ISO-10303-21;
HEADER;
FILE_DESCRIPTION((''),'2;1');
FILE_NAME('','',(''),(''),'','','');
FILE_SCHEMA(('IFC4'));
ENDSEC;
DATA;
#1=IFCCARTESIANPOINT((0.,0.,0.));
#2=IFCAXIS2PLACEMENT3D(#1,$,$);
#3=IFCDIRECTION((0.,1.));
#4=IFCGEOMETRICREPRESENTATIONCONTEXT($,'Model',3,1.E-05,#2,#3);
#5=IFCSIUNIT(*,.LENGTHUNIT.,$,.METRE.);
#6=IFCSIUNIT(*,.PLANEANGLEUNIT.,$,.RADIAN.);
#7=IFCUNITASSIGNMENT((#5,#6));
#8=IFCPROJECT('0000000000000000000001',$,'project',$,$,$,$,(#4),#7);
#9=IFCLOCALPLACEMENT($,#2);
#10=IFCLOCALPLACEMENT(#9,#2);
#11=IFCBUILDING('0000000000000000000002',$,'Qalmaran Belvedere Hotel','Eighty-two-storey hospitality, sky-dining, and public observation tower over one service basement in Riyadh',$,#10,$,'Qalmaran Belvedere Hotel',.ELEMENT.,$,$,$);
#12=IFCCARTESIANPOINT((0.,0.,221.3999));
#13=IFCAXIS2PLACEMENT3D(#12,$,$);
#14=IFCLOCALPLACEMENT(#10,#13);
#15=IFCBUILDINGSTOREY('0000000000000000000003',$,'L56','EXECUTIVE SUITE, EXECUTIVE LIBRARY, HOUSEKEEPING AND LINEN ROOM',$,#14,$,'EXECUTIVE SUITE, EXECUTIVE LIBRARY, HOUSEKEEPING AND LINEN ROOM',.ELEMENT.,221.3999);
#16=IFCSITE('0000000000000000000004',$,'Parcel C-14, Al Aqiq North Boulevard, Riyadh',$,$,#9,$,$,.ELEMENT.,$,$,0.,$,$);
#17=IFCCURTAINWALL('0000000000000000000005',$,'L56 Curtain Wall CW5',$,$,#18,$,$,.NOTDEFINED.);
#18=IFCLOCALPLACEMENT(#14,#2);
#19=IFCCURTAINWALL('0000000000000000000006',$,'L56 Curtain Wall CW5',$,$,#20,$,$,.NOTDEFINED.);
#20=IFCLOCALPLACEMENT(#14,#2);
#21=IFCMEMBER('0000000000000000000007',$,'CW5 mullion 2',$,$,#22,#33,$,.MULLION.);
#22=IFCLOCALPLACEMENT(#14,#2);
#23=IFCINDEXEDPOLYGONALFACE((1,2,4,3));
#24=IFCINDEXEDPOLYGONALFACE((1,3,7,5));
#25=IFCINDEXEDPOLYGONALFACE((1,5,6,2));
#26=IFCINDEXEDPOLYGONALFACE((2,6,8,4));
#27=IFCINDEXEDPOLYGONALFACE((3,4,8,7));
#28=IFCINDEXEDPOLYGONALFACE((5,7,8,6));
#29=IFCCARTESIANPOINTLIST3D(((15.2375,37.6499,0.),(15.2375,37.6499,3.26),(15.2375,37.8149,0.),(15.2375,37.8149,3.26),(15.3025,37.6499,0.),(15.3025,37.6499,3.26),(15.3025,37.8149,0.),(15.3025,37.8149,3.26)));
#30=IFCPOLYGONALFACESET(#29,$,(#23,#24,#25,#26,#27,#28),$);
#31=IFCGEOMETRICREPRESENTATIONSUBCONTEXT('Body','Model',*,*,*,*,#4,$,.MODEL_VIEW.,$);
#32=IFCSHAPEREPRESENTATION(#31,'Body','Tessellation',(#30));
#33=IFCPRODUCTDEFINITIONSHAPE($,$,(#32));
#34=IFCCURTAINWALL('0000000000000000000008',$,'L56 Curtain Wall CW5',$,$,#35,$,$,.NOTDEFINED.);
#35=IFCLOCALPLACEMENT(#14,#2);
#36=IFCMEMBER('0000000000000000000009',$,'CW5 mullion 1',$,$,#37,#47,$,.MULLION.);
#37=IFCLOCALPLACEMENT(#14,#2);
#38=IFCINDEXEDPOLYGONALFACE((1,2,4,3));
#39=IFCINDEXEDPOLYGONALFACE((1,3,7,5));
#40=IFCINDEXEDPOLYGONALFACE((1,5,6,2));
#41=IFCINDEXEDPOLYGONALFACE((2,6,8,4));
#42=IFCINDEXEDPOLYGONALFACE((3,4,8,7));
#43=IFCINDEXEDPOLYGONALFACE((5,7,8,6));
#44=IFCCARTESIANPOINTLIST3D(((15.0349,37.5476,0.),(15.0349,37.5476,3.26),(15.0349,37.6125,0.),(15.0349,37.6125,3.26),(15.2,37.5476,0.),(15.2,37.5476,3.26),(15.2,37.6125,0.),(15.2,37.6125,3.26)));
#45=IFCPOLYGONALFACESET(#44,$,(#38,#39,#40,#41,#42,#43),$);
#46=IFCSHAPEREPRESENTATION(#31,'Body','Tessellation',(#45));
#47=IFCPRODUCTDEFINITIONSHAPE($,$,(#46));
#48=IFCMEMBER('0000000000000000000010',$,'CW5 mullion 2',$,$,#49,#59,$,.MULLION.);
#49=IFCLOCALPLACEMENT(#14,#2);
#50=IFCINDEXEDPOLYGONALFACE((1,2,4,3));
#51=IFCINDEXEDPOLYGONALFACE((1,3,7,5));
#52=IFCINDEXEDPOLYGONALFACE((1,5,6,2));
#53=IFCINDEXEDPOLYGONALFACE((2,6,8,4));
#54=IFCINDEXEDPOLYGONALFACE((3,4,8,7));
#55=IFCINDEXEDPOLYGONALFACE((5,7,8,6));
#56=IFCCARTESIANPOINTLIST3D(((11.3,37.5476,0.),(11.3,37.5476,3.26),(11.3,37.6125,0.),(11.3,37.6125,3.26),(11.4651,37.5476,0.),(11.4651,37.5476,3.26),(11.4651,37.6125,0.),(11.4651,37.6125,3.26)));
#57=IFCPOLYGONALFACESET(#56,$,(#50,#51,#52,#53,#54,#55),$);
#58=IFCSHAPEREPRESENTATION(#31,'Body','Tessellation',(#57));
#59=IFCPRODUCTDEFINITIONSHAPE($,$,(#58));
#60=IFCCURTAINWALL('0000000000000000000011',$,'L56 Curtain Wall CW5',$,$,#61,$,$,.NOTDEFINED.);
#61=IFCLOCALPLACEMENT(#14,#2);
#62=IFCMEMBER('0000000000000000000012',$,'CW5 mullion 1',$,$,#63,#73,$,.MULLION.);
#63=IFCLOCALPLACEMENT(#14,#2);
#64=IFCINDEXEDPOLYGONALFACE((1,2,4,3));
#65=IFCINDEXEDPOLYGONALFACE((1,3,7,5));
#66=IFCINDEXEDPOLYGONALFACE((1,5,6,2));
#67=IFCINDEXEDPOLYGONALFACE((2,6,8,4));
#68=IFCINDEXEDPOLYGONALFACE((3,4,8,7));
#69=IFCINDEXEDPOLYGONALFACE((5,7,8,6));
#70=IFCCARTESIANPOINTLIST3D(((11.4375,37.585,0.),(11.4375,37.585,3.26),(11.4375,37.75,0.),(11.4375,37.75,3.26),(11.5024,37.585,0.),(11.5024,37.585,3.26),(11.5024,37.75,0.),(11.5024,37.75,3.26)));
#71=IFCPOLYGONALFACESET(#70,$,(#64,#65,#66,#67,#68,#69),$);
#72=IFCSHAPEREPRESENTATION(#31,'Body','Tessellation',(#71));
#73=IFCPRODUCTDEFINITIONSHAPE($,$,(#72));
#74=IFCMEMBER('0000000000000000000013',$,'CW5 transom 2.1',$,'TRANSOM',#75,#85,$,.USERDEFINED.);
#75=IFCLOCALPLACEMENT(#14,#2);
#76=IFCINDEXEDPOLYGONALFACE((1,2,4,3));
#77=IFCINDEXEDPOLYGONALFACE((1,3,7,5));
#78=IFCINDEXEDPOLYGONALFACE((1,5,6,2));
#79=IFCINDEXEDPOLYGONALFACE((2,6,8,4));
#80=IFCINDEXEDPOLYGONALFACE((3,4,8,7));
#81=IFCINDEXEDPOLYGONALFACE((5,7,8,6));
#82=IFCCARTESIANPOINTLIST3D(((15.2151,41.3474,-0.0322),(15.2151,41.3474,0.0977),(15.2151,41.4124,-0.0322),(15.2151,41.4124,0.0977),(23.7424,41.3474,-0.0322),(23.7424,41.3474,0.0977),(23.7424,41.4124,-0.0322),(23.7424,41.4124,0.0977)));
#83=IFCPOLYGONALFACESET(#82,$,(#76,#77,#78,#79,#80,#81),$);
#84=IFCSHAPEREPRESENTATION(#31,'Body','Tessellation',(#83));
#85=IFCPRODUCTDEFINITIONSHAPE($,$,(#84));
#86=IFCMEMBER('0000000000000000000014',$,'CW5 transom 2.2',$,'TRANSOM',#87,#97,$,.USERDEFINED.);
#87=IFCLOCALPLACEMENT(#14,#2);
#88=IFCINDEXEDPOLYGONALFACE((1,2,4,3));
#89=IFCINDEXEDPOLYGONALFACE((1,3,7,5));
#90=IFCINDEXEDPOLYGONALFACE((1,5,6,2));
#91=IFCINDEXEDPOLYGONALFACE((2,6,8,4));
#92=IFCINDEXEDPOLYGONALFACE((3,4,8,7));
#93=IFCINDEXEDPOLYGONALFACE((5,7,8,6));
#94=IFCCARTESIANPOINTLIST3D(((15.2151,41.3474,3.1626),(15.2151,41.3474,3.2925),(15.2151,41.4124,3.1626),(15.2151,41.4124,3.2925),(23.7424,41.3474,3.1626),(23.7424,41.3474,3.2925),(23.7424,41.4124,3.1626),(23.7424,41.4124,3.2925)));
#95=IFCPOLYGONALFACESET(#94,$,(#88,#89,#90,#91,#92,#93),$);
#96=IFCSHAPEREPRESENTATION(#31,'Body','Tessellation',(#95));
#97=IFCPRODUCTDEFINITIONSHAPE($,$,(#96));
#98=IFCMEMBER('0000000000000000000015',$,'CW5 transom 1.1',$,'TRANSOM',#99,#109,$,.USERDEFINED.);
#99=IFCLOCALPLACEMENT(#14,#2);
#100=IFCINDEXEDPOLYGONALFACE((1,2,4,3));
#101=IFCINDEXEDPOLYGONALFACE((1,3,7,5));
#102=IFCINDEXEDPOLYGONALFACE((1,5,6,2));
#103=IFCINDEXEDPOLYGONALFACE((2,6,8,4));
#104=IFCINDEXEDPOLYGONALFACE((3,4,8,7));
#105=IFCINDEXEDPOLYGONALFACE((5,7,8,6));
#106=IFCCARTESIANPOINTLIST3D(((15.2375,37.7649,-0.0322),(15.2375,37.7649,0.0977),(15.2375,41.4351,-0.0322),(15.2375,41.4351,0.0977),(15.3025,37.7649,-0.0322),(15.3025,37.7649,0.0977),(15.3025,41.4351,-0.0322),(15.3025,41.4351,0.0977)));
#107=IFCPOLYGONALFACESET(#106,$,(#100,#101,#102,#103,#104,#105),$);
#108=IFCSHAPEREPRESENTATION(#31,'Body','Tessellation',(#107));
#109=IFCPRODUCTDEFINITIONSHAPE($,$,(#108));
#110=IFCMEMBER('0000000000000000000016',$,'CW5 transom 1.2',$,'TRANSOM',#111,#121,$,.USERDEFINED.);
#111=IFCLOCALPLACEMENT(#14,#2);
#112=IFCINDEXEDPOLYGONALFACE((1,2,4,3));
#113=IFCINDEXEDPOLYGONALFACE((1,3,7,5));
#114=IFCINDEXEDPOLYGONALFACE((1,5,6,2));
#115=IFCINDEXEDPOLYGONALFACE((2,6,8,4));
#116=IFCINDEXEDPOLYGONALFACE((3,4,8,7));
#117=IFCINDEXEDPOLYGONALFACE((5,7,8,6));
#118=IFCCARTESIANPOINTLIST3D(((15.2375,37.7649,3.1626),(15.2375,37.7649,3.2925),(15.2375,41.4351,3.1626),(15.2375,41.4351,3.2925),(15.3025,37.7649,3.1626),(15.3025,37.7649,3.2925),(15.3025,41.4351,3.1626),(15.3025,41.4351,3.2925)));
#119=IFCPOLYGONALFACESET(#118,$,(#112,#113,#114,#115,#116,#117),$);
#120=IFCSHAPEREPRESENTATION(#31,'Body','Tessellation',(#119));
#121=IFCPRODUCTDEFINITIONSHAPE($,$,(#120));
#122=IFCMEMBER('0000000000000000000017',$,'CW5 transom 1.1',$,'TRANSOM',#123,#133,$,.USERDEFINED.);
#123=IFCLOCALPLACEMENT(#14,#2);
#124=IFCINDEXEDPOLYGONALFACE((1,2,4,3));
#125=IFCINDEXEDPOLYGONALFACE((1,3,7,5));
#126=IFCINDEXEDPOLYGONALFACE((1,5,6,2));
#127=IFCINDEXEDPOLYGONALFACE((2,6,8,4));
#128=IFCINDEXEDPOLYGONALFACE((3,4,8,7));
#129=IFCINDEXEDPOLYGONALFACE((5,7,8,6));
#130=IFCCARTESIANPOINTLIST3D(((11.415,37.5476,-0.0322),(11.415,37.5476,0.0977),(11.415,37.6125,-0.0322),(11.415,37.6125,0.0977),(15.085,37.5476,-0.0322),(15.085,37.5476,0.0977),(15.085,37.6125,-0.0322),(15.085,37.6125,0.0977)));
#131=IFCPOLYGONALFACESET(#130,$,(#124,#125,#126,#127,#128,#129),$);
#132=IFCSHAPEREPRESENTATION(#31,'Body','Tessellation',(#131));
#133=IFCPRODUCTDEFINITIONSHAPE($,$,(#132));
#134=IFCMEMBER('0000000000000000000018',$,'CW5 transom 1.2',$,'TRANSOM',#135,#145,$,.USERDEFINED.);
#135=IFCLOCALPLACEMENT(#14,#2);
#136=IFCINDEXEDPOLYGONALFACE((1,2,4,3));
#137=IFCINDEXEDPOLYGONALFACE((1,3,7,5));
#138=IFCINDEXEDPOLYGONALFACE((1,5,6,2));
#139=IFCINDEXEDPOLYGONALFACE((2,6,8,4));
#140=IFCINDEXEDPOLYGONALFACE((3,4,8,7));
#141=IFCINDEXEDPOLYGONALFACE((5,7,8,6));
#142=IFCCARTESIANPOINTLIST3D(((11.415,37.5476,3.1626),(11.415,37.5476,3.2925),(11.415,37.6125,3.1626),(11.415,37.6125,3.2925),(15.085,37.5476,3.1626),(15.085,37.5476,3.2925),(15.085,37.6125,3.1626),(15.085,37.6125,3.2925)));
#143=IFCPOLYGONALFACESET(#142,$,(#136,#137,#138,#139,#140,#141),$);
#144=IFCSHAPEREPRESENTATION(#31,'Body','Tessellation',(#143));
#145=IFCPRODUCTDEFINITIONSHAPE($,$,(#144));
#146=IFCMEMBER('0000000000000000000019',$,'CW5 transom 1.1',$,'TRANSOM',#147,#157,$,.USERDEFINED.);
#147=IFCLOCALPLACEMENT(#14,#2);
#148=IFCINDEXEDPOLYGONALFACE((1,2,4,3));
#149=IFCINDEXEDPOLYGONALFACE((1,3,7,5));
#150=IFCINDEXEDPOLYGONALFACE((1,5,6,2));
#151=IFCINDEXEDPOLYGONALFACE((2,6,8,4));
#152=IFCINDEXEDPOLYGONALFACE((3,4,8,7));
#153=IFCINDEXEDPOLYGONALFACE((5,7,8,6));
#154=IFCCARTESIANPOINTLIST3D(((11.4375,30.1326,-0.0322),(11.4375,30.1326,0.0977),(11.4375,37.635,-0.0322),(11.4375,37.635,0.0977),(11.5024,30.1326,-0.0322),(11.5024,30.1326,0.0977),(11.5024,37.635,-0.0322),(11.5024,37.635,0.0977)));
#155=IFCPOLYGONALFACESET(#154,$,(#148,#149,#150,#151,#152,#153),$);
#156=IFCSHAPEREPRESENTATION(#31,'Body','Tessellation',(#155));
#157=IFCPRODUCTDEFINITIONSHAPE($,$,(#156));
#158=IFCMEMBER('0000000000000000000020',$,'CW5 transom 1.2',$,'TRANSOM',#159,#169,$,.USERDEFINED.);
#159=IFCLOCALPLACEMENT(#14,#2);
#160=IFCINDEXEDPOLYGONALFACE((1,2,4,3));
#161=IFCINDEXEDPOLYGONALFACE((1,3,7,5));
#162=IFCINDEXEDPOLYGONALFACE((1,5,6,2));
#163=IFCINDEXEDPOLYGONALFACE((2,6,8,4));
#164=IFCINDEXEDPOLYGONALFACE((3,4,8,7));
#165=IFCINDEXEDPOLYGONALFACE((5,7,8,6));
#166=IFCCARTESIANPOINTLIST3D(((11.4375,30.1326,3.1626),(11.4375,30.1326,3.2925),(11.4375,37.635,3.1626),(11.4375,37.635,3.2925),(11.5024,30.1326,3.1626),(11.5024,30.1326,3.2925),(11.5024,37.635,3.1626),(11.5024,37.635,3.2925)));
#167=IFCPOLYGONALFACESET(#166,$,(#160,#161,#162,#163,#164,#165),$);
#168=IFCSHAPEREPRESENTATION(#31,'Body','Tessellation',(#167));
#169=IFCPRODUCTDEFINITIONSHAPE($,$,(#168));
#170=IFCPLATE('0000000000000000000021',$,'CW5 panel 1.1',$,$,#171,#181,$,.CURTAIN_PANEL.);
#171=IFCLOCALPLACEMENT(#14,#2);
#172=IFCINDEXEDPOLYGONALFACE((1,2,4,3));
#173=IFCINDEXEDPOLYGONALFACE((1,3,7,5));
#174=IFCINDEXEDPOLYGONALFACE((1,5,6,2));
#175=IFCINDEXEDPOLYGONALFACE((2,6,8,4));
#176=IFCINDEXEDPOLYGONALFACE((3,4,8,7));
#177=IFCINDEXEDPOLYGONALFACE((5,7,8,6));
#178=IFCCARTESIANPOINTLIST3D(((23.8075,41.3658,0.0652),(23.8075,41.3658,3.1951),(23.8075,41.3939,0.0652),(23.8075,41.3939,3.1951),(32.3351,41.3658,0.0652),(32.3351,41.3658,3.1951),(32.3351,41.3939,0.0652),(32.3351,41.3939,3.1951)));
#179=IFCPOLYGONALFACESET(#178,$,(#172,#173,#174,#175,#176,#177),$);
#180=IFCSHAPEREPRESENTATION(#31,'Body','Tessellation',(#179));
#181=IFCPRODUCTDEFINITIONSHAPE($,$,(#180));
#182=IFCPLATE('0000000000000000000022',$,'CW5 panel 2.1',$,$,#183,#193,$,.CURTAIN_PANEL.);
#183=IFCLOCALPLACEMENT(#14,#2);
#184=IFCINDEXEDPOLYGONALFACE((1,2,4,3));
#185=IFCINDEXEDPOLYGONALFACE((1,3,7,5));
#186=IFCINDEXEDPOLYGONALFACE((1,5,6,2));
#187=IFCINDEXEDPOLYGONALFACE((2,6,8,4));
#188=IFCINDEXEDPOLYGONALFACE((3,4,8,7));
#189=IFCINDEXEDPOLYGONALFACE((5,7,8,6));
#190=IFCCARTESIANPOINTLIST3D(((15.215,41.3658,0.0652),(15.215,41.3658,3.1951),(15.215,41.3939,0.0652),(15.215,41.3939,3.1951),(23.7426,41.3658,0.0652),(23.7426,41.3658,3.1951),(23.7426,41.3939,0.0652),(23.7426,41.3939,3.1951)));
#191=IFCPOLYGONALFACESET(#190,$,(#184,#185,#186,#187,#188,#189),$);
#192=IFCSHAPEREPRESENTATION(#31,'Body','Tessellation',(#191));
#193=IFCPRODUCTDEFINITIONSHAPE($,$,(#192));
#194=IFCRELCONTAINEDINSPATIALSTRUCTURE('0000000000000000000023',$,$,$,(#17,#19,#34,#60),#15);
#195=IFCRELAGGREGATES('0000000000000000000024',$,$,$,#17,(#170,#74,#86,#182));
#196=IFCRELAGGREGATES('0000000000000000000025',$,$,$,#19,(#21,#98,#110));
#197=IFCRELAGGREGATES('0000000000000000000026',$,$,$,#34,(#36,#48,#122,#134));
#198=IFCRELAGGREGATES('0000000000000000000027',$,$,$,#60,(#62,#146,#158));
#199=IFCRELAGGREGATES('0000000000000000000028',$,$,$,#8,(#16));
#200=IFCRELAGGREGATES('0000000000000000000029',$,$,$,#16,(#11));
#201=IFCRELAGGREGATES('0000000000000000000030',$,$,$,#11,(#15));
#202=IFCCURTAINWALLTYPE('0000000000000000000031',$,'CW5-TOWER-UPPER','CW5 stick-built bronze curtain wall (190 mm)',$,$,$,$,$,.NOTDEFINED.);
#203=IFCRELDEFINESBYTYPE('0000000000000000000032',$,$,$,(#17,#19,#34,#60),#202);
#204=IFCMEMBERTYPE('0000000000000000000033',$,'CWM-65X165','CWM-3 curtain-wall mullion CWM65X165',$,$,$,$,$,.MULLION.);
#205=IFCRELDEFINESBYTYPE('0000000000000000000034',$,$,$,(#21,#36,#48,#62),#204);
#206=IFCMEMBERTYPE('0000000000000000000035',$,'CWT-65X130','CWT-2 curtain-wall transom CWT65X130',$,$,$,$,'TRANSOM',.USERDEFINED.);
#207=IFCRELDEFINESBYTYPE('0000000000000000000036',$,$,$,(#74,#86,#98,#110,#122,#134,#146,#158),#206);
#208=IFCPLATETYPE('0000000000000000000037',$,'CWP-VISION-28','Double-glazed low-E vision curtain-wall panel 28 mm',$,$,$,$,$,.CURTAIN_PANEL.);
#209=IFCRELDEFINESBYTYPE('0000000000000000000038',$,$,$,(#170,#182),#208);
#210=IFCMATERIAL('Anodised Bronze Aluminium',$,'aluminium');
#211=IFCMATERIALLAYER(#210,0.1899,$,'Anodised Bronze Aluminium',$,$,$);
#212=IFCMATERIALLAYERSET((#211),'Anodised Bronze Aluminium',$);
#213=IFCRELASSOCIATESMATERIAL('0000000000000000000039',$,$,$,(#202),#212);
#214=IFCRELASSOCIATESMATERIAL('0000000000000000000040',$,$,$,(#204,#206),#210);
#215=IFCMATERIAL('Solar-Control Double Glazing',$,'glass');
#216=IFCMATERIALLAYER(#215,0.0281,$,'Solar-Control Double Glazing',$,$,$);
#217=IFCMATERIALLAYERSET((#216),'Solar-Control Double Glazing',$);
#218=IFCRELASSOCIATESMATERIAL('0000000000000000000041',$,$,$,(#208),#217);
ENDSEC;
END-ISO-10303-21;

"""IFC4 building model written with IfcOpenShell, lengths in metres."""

from ifc_helpers import new_model, si_unit, direction, frame, origin, origin_2d, place, context, subcontext, project, spatial, rectangle, extrude, material, layer, layer_set, material_profile, profile_set, type_object, element, aggregate, save


model = new_model("IFC4")

# Units and contexts
model_context = context("Model", 3, precision=1e-05, world=origin(), true_north=direction((0.0, 1.0)))
body_context = subcontext(model_context, "Body", "Model", "MODEL_VIEW")
ifc_project = project(units=[si_unit("LENGTHUNIT", "METRE"), si_unit("PLANEANGLEUNIT", "RADIAN")], contexts=[model_context])

# Site, building, storey
site_placement = place(None, origin())
site = spatial("IfcSite", under=ifc_project, at=site_placement, Name="Parcel C-14, Al Aqiq North Boulevard, Riyadh", CompositionType="ELEMENT", RefElevation=0.0)
building_placement = place(site_placement, origin())
building = spatial("IfcBuilding", under=site, at=building_placement, Name="Qalmaran Belvedere Hotel", Description="Eighty-two-storey hospitality, sky-dining, and public observation tower over one service basement in Riyadh", LongName="Qalmaran Belvedere Hotel", CompositionType="ELEMENT")
storey_placement = place(building_placement, frame((0.0, 0.0, 221.3999)))
storey = spatial("IfcBuildingStorey", under=building, at=storey_placement, Name="L56", Description="EXECUTIVE SUITE, EXECUTIVE LIBRARY, HOUSEKEEPING AND LINEN ROOM", LongName="EXECUTIVE SUITE, EXECUTIVE LIBRARY, HOUSEKEEPING AND LINEN ROOM", CompositionType="ELEMENT", Elevation=221.3999)

# Curtain walls, members
ifc_material_1 = material(Name="Anodised Bronze Aluminium", Category="aluminium")
ifc_layer_1 = layer(ifc_material_1, 0.1899, Name="Anodised Bronze Aluminium")
ifc_layer_set_1 = layer_set([ifc_layer_1], Name="Anodised Bronze Aluminium")
curtain_wall_type = type_object("IfcCurtainWallType", Name="CW5-TOWER-UPPER", Description="CW5 stick-built bronze curtain wall (190 mm)", PredefinedType="NOTDEFINED", material=ifc_layer_set_1)
curtain_wall_1_placement = place(storey_placement, origin())
curtain_wall_1 = element("IfcCurtainWall", 1, at=curtain_wall_1_placement, inside=storey, type_object=curtain_wall_type, Name="L56 Curtain Wall CW5", PredefinedType="NOTDEFINED")
ifc_material_profile_1 = material_profile(ifc_material_1, rectangle(XDim=0.0649, YDim=0.165, at=origin_2d()), Name="CWM65X165")
ifc_profile_set_1 = profile_set([ifc_material_profile_1], Name="Anodised Bronze Aluminium")
member_type_1 = type_object("IfcMemberType", Name="CWM-65X165", Description="CWM-3 curtain-wall mullion CWM65X165", PredefinedType="MULLION", material=ifc_profile_set_1)
curtain_wall_2_placement = place(storey_placement, origin())
curtain_wall_2 = element("IfcCurtainWall", 2, at=curtain_wall_2_placement, inside=storey, type_object=curtain_wall_type, Name="L56 Curtain Wall CW5", PredefinedType="NOTDEFINED")
member_1_placement = place(storey_placement, frame((15.27, 37.7324, 0.0), z_axis=(0.0, 0.0, 1.0), x_axis=(1.0, 0.0, 0.0)))
member_1 = element("IfcMember", 3, at=member_1_placement, type_object=member_type_1, Name="CW5 mullion 2", PredefinedType="MULLION", context=body_context, shape_type="SweptSolid", body=[
    extrude(rectangle(XDim=0.0649, YDim=0.165, at=origin_2d()), origin(), (0.0, 0.0, 1.0), 3.26),
])
curtain_wall_3_placement = place(storey_placement, origin())
curtain_wall_3 = element("IfcCurtainWall", 4, at=curtain_wall_3_placement, inside=storey, type_object=curtain_wall_type, Name="L56 Curtain Wall CW5", PredefinedType="NOTDEFINED")
member_2_placement = place(storey_placement, frame((15.1174, 37.5801, 0.0), z_axis=(0.0, 0.0, 1.0), x_axis=(0.0, -1.0, 0.0)))
member_2 = element("IfcMember", 5, at=member_2_placement, type_object=member_type_1, Name="CW5 mullion 1", PredefinedType="MULLION", context=body_context, shape_type="SweptSolid", body=[
    extrude(rectangle(XDim=0.0649, YDim=0.165, at=origin_2d()), origin(), (0.0, 0.0, 1.0), 3.26),
])
member_3_placement = place(storey_placement, frame((11.3826, 37.5801, 0.0), z_axis=(0.0, 0.0, 1.0), x_axis=(0.0, -1.0, 0.0)))
member_3 = element("IfcMember", 6, at=member_3_placement, type_object=member_type_1, Name="CW5 mullion 2", PredefinedType="MULLION", context=body_context, shape_type="SweptSolid", body=[
    extrude(rectangle(XDim=0.0649, YDim=0.165, at=origin_2d()), origin(), (0.0, 0.0, 1.0), 3.26),
])

# Curtain wall, member
curtain_wall_4_placement = place(storey_placement, origin())
curtain_wall_4 = element("IfcCurtainWall", 7, at=curtain_wall_4_placement, inside=storey, type_object=curtain_wall_type, Name="L56 Curtain Wall CW5", PredefinedType="NOTDEFINED")
member_4_placement = place(storey_placement, frame((11.47, 37.6675, 0.0), z_axis=(0.0, 0.0, 1.0), x_axis=(1.0, 0.0, 0.0)))
member_4 = element("IfcMember", 8, at=member_4_placement, type_object=member_type_1, Name="CW5 mullion 1", PredefinedType="MULLION", context=body_context, shape_type="SweptSolid", body=[
    extrude(rectangle(XDim=0.0649, YDim=0.165, at=origin_2d()), origin(), (0.0, 0.0, 1.0), 3.26),
])

# Members
ifc_material_profile_2 = material_profile(ifc_material_1, rectangle(XDim=0.0649, YDim=0.1299, at=origin_2d()), Name="CWT65X130")
ifc_profile_set_2 = profile_set([ifc_material_profile_2], Name="Anodised Bronze Aluminium")
member_type_2 = type_object("IfcMemberType", Name="CWT-65X130", Description="CWT-2 curtain-wall transom CWT65X130", ElementType="TRANSOM", PredefinedType="USERDEFINED", material=ifc_profile_set_2)
member_5_placement = place(storey_placement, frame((23.7424, 41.3799, 0.0327), z_axis=(-1.0, 0.0, 0.0), x_axis=(0.0, -1.0, 0.0)))
member_5 = element("IfcMember", 9, at=member_5_placement, type_object=member_type_2, Name="CW5 transom 2.1", ObjectType="TRANSOM", PredefinedType="USERDEFINED", context=body_context, shape_type="SweptSolid", body=[
    extrude(rectangle(XDim=0.0649, YDim=0.1299, at=origin_2d()), origin(), (0.0, 0.0, 1.0), 8.5273),
])
member_6_placement = place(storey_placement, frame((23.7424, 41.3799, 3.2275), z_axis=(-1.0, 0.0, 0.0), x_axis=(0.0, -1.0, 0.0)))
member_6 = element("IfcMember", 10, at=member_6_placement, type_object=member_type_2, Name="CW5 transom 2.2", ObjectType="TRANSOM", PredefinedType="USERDEFINED", context=body_context, shape_type="SweptSolid", body=[
    extrude(rectangle(XDim=0.0649, YDim=0.1299, at=origin_2d()), origin(), (0.0, 0.0, 1.0), 8.5273),
])
member_7_placement = place(storey_placement, frame((15.27, 41.4351, 0.0327), z_axis=(0.0, -1.0, 0.0), x_axis=(1.0, 0.0, 0.0)))
member_7 = element("IfcMember", 11, at=member_7_placement, type_object=member_type_2, Name="CW5 transom 1.1", ObjectType="TRANSOM", PredefinedType="USERDEFINED", context=body_context, shape_type="SweptSolid", body=[
    extrude(rectangle(XDim=0.0649, YDim=0.1299, at=origin_2d()), origin(), (0.0, 0.0, 1.0), 3.6702),
])
member_8_placement = place(storey_placement, frame((15.27, 41.4351, 3.2275), z_axis=(0.0, -1.0, 0.0), x_axis=(1.0, 0.0, 0.0)))
member_8 = element("IfcMember", 12, at=member_8_placement, type_object=member_type_2, Name="CW5 transom 1.2", ObjectType="TRANSOM", PredefinedType="USERDEFINED", context=body_context, shape_type="SweptSolid", body=[
    extrude(rectangle(XDim=0.0649, YDim=0.1299, at=origin_2d()), origin(), (0.0, 0.0, 1.0), 3.6702),
])
member_9_placement = place(storey_placement, frame((15.085, 37.5801, 0.0327), z_axis=(-1.0, 0.0, 0.0), x_axis=(0.0, -1.0, 0.0)))
member_9 = element("IfcMember", 13, at=member_9_placement, type_object=member_type_2, Name="CW5 transom 1.1", ObjectType="TRANSOM", PredefinedType="USERDEFINED", context=body_context, shape_type="SweptSolid", body=[
    extrude(rectangle(XDim=0.0649, YDim=0.1299, at=origin_2d()), origin(), (0.0, 0.0, 1.0), 3.6699),
])
member_10_placement = place(storey_placement, frame((15.085, 37.5801, 3.2275), z_axis=(-1.0, 0.0, 0.0), x_axis=(0.0, -1.0, 0.0)))
member_10 = element("IfcMember", 14, at=member_10_placement, type_object=member_type_2, Name="CW5 transom 1.2", ObjectType="TRANSOM", PredefinedType="USERDEFINED", context=body_context, shape_type="SweptSolid", body=[
    extrude(rectangle(XDim=0.0649, YDim=0.1299, at=origin_2d()), origin(), (0.0, 0.0, 1.0), 3.6699),
])
member_11_placement = place(storey_placement, frame((11.47, 37.635, 0.0327), z_axis=(0.0, -1.0, 0.0), x_axis=(1.0, 0.0, 0.0)))
member_11 = element("IfcMember", 15, at=member_11_placement, type_object=member_type_2, Name="CW5 transom 1.1", ObjectType="TRANSOM", PredefinedType="USERDEFINED", context=body_context, shape_type="SweptSolid", body=[
    extrude(rectangle(XDim=0.0649, YDim=0.1299, at=origin_2d()), origin(), (0.0, 0.0, 1.0), 7.5024),
])
member_12_placement = place(storey_placement, frame((11.47, 37.635, 3.2275), z_axis=(0.0, -1.0, 0.0), x_axis=(1.0, 0.0, 0.0)))
member_12 = element("IfcMember", 16, at=member_12_placement, type_object=member_type_2, Name="CW5 transom 1.2", ObjectType="TRANSOM", PredefinedType="USERDEFINED", context=body_context, shape_type="SweptSolid", body=[
    extrude(rectangle(XDim=0.0649, YDim=0.1299, at=origin_2d()), origin(), (0.0, 0.0, 1.0), 7.5024),
])

# Plates
ifc_material_2 = material(Name="Solar-Control Double Glazing", Category="glass")
ifc_layer_2 = layer(ifc_material_2, 0.0281, Name="Solar-Control Double Glazing")
ifc_layer_set_2 = layer_set([ifc_layer_2], Name="Solar-Control Double Glazing")
plate_type = type_object("IfcPlateType", Name="CWP-VISION-28", Description="Double-glazed low-E vision curtain-wall panel 28 mm", PredefinedType="CURTAIN_PANEL", material=ifc_layer_set_2)
plate_1_placement = place(storey_placement, frame((28.0713, 41.3799, 0.0652), z_axis=(0.0, 0.0, 1.0), x_axis=(-1.0, 0.0, 0.0)))
plate_1 = element("IfcPlate", 17, at=plate_1_placement, type_object=plate_type, Name="CW5 panel 1.1", PredefinedType="CURTAIN_PANEL", context=body_context, shape_type="SweptSolid", body=[
    extrude(rectangle(XDim=8.5276, YDim=0.0281, at=origin_2d()), origin(), (0.0, 0.0, 1.0), 3.1299),
])
plate_2_placement = place(storey_placement, frame((19.4788, 41.3799, 0.0652), z_axis=(0.0, 0.0, 1.0), x_axis=(-1.0, 0.0, 0.0)))
plate_2 = element("IfcPlate", 18, at=plate_2_placement, type_object=plate_type, Name="CW5 panel 2.1", PredefinedType="CURTAIN_PANEL", context=body_context, shape_type="SweptSolid", body=[
    extrude(rectangle(XDim=8.5276, YDim=0.0281, at=origin_2d()), origin(), (0.0, 0.0, 1.0), 3.1299),
])
aggregate(curtain_wall_1, [plate_1, member_5, member_6, plate_2])
aggregate(curtain_wall_2, [member_1, member_7, member_8])
aggregate(curtain_wall_3, [member_2, member_3, member_9, member_10])
aggregate(curtain_wall_4, [member_4, member_11, member_12])

save(model, "model.ifc")
